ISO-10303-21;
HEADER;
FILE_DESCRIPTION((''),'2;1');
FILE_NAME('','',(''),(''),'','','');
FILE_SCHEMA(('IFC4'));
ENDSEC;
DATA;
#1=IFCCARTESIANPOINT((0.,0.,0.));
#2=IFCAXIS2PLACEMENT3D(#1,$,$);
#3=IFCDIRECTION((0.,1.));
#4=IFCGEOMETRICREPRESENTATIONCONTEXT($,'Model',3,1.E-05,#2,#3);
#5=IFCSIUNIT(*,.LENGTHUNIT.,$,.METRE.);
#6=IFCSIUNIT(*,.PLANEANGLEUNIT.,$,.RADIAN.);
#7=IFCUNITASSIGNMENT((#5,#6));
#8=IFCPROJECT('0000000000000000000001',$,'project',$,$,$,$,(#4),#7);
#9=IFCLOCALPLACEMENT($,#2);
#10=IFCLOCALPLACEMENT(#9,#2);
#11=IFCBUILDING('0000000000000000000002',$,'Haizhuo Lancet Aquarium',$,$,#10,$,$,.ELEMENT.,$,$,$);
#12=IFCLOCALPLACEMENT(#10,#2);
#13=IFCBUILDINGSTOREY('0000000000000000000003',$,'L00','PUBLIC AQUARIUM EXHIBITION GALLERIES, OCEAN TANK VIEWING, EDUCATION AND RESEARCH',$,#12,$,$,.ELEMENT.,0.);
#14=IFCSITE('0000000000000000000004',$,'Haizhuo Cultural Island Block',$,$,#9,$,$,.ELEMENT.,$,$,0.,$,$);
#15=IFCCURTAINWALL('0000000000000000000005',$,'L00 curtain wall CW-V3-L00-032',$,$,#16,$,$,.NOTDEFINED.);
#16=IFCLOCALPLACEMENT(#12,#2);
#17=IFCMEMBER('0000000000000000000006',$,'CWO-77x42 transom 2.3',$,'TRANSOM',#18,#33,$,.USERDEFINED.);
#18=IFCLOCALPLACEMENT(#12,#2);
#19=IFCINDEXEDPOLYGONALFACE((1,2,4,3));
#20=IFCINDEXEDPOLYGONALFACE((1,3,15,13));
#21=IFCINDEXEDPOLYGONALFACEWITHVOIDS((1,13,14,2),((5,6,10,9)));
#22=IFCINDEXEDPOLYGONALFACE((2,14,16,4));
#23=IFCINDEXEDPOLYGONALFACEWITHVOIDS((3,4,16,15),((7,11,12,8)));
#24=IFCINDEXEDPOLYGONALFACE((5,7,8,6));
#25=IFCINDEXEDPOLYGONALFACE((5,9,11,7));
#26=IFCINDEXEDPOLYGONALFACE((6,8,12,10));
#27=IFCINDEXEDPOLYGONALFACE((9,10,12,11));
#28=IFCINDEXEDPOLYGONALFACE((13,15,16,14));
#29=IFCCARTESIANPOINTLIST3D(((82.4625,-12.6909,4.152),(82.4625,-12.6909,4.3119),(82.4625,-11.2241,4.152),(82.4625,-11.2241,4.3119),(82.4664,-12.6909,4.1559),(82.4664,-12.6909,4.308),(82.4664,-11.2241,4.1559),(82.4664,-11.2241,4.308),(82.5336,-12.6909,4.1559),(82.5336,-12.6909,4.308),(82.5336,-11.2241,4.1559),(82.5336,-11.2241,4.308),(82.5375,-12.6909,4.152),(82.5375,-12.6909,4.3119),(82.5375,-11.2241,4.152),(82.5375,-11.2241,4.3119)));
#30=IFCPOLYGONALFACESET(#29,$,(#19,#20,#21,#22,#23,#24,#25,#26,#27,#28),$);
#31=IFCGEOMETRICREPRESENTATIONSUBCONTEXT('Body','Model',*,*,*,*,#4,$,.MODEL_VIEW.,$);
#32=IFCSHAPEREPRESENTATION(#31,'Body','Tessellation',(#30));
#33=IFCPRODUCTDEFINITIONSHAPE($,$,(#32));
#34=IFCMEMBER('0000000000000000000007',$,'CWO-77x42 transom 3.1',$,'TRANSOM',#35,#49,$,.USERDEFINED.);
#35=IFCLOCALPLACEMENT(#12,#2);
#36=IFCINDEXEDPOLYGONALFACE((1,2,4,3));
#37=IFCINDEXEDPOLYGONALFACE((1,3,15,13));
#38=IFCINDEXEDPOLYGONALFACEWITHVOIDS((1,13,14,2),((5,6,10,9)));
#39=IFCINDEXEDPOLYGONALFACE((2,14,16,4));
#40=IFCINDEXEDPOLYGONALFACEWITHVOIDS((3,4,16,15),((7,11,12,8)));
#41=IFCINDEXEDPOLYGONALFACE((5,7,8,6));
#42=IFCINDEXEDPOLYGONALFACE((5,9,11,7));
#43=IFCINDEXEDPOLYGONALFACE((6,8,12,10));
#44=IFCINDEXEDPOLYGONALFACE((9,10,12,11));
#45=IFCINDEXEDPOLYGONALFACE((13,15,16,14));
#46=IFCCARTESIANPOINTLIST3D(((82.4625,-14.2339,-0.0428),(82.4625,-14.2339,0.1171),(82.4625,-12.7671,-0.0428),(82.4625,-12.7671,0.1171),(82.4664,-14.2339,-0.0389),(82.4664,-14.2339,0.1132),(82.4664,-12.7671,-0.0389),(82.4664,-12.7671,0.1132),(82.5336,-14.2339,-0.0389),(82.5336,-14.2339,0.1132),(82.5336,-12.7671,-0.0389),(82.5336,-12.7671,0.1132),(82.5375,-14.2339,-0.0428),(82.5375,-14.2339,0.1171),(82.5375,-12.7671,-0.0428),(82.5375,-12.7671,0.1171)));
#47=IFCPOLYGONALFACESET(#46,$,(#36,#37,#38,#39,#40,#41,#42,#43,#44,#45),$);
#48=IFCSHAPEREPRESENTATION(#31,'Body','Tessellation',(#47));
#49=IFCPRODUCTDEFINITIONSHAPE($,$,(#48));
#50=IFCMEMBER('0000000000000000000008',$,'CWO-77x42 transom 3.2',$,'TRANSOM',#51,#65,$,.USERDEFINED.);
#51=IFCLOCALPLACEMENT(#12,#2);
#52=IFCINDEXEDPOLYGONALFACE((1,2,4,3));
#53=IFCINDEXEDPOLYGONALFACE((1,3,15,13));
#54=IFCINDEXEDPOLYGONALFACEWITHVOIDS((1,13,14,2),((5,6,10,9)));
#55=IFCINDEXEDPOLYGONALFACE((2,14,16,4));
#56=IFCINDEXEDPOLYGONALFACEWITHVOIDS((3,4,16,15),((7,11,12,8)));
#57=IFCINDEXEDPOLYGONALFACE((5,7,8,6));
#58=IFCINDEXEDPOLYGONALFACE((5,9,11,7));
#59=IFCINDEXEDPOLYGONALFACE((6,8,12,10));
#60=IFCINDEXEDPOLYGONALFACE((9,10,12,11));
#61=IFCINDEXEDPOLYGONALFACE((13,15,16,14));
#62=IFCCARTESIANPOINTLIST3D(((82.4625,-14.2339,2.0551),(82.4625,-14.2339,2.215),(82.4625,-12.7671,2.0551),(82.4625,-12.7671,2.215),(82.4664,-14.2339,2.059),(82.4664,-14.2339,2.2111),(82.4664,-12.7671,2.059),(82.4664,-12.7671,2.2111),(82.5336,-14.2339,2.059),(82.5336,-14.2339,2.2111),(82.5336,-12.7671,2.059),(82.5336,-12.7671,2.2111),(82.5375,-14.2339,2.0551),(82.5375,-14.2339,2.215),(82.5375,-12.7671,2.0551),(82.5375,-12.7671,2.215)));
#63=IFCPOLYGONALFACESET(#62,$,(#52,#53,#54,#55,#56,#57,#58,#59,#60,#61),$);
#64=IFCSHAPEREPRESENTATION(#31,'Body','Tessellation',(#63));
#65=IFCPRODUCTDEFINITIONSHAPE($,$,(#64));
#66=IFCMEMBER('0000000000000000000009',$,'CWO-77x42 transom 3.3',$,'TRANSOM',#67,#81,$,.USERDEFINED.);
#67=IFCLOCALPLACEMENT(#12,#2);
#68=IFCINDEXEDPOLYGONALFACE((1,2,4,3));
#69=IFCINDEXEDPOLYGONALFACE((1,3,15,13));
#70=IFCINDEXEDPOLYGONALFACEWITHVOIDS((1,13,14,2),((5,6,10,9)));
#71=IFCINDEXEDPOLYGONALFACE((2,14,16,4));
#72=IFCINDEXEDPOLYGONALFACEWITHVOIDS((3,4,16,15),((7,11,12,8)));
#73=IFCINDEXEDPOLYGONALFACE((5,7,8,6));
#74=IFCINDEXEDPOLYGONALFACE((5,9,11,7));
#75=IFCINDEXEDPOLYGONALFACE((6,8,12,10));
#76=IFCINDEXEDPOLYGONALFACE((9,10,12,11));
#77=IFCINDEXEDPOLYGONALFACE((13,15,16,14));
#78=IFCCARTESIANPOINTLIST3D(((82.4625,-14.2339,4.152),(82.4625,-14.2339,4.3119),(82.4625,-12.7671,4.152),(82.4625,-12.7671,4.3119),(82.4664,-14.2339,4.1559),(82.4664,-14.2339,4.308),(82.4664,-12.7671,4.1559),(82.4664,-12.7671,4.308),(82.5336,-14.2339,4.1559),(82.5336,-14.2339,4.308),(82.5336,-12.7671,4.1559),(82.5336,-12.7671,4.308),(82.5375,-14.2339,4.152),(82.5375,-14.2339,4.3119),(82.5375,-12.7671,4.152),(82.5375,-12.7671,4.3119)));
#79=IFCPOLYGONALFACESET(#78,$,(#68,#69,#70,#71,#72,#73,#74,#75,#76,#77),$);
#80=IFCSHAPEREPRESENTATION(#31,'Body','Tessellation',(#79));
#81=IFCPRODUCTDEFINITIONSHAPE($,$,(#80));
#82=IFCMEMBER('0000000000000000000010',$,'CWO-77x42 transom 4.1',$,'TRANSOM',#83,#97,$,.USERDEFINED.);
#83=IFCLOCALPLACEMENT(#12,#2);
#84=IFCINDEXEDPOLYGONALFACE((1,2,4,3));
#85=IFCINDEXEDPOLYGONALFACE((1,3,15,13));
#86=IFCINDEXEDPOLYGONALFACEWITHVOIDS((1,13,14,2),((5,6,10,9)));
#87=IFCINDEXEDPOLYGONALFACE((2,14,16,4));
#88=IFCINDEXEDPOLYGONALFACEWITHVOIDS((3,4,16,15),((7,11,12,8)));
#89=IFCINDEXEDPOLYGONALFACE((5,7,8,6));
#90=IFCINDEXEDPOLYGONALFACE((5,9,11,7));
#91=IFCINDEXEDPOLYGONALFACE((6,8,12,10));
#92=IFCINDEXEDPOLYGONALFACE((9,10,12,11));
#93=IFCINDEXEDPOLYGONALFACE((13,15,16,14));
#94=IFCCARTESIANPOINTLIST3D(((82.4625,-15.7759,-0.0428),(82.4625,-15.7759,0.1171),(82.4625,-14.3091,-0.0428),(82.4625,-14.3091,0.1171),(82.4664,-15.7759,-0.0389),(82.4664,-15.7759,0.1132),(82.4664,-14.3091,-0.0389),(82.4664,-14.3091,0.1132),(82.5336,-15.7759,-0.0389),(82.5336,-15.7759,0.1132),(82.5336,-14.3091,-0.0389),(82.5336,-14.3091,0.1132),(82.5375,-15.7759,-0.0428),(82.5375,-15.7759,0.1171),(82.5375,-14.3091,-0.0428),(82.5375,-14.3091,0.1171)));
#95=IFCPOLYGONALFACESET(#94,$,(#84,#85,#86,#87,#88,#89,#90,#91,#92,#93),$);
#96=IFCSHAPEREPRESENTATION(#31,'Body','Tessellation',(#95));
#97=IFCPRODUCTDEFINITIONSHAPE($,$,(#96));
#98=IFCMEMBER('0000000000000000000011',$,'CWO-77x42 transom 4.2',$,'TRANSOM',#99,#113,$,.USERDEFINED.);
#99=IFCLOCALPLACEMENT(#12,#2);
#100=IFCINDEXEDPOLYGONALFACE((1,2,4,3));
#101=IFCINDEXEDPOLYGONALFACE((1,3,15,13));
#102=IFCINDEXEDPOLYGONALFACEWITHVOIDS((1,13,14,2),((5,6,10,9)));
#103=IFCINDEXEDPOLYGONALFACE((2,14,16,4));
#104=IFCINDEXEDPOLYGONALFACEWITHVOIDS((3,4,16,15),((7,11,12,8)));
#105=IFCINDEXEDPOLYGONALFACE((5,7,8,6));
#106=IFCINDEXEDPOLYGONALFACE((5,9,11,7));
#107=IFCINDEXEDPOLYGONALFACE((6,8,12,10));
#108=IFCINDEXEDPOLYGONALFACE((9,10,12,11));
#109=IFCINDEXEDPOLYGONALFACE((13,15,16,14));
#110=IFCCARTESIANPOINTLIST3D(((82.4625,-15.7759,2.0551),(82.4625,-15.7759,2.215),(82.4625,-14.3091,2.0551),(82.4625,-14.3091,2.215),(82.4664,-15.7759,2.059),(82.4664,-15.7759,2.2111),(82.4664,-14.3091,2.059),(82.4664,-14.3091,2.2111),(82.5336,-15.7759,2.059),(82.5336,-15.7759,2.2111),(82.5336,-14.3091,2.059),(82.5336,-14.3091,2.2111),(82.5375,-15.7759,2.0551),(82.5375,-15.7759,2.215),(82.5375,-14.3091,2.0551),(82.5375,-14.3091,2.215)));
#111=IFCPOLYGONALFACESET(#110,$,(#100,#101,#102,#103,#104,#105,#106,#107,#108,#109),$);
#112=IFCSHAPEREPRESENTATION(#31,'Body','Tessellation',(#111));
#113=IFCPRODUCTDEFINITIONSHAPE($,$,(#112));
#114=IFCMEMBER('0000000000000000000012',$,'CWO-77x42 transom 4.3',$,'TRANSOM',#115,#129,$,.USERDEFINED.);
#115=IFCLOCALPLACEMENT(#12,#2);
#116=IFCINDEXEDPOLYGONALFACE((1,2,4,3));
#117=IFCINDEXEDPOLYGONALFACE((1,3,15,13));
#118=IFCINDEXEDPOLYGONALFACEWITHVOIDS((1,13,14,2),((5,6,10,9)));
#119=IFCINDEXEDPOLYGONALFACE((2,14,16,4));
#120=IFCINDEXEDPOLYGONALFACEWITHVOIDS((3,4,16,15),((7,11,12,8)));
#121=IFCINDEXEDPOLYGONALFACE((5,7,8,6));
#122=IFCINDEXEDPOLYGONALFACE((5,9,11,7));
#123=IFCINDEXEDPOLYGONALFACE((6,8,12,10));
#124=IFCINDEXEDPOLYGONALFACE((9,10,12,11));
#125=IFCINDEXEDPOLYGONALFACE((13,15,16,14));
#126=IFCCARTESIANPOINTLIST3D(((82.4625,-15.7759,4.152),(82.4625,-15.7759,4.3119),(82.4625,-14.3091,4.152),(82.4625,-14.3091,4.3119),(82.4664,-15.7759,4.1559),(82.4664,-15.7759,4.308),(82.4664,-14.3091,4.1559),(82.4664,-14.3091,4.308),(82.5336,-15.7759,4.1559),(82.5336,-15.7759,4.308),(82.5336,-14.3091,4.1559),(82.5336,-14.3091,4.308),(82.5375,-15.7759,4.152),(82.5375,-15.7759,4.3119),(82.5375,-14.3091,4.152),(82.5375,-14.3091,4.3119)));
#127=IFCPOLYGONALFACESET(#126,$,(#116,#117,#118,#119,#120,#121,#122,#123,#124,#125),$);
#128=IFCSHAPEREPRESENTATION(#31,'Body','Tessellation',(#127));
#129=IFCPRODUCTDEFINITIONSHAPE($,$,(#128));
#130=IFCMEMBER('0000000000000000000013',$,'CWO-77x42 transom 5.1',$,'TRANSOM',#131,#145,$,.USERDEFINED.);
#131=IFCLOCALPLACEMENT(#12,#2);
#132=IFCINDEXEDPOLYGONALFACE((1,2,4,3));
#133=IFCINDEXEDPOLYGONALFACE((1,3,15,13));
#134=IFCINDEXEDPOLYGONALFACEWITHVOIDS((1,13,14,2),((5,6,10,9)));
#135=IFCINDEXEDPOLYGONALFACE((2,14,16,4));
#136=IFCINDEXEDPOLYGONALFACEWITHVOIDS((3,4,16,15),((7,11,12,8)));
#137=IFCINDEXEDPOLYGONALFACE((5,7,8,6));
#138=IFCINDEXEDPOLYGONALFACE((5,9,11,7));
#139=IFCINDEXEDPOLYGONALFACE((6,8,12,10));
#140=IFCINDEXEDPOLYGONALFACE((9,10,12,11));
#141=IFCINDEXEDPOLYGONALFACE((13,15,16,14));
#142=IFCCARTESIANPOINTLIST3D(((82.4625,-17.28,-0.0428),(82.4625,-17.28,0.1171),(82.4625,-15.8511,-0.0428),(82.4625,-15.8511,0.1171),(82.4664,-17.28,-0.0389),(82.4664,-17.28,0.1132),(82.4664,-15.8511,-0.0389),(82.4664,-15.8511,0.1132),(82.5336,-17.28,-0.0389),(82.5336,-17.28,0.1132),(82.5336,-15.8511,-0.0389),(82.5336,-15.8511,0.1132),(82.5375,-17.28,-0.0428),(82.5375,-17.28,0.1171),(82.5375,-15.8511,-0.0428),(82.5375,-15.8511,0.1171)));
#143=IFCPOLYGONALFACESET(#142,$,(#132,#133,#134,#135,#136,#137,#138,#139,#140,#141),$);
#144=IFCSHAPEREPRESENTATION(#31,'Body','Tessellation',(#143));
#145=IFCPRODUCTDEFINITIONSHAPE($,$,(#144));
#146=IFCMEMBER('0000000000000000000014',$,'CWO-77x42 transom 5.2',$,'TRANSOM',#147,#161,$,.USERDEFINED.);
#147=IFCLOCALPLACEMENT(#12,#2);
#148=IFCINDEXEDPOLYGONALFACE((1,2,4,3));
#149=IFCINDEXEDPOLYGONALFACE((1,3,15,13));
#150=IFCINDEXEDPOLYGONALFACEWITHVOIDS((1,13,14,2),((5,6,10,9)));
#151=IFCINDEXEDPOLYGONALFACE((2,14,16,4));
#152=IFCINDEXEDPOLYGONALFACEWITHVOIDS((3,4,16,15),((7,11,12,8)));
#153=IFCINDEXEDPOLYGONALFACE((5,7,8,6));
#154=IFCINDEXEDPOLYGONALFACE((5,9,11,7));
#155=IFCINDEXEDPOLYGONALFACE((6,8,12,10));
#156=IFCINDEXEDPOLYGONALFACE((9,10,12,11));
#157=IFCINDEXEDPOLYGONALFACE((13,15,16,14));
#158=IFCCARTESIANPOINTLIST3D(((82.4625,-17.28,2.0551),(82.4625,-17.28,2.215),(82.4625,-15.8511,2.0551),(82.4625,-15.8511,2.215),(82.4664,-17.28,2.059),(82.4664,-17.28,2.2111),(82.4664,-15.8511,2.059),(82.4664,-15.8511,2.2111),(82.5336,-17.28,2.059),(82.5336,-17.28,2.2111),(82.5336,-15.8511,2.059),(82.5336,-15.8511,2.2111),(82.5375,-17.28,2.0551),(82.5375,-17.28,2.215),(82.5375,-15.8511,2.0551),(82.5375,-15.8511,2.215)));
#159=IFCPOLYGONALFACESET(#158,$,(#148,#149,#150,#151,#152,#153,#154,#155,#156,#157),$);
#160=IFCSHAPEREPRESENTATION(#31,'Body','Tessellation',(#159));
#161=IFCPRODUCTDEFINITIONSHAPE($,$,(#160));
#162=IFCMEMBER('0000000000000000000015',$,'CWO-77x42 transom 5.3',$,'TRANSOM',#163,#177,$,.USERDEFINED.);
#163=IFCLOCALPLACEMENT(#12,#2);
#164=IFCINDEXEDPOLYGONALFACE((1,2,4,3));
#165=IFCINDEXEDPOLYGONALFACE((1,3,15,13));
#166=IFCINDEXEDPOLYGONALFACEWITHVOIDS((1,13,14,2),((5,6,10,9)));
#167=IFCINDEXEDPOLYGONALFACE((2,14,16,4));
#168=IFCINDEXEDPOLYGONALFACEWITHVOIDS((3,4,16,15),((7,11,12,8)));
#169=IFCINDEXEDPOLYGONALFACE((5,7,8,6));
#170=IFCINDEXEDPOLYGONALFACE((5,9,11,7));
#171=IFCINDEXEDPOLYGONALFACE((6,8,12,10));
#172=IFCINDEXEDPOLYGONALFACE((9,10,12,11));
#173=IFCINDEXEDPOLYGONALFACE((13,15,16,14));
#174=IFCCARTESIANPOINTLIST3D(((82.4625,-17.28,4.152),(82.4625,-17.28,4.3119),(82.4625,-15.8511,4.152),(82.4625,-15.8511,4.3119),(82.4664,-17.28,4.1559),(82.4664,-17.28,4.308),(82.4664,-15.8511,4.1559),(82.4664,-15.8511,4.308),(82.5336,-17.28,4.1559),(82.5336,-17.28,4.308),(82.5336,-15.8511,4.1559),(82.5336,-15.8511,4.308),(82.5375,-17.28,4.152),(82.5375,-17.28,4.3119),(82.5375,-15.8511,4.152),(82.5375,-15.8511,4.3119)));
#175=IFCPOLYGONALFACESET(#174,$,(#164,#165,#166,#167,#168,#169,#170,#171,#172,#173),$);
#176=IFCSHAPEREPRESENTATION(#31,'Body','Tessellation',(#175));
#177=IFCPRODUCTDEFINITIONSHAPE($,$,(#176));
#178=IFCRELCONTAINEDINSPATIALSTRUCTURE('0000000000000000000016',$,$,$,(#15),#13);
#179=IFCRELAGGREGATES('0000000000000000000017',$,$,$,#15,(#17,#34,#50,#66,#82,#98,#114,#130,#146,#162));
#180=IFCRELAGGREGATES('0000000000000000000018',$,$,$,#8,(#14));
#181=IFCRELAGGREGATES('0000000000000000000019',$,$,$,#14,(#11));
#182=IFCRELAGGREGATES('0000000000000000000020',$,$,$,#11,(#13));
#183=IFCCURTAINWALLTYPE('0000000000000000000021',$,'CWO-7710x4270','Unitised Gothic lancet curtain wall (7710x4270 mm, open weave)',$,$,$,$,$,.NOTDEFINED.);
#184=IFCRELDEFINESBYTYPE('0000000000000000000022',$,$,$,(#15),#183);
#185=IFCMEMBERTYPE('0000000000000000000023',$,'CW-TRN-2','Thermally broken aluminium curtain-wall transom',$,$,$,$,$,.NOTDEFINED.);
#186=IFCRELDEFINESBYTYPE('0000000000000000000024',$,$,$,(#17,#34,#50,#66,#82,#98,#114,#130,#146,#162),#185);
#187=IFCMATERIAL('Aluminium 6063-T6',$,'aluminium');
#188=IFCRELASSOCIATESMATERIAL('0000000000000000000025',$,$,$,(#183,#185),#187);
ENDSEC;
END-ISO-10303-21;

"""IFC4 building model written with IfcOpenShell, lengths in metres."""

from ifc_helpers import new_model, si_unit, direction, frame, origin, origin_2d, place, context, subcontext, project, spatial, hollow_rectangle, extrude, material, material_profile, profile_set, type_object, element, aggregate, save


model = new_model("IFC4")

# Units and contexts
model_context = context("Model", 3, precision=1e-05, world=origin(), true_north=direction((0.0, 1.0)))
body_context = subcontext(model_context, "Body", "Model", "MODEL_VIEW")
ifc_project = project(units=[si_unit("LENGTHUNIT", "METRE"), si_unit("PLANEANGLEUNIT", "RADIAN")], contexts=[model_context])

# Site, building, storey
site_placement = place(None, origin())
site = spatial("IfcSite", under=ifc_project, at=site_placement, Name="Haizhuo Cultural Island Block", CompositionType="ELEMENT", RefElevation=0.0)
building_placement = place(site_placement, origin())
building = spatial("IfcBuilding", under=site, at=building_placement, Name="Haizhuo Lancet Aquarium", CompositionType="ELEMENT")
storey_placement = place(building_placement, origin())
storey = spatial("IfcBuildingStorey", under=building, at=storey_placement, Name="L00", Description="PUBLIC AQUARIUM EXHIBITION GALLERIES, OCEAN TANK VIEWING, EDUCATION AND RESEARCH", CompositionType="ELEMENT", Elevation=0.0)

# Curtain wall
ifc_material_1 = material(Name="Aluminium 6063-T6", Category="aluminium")
curtain_wall_type_1 = type_object("IfcCurtainWallType", Name="CWO-7710x4270", Description="Unitised Gothic lancet curtain wall (7710x4270 mm, open weave)", PredefinedType="NOTDEFINED", material=ifc_material_1)
curtain_wall_1_placement = place(storey_placement, origin())
curtain_wall_1 = element("IfcCurtainWall", 1, at=curtain_wall_1_placement, inside=storey, type_object=curtain_wall_type_1, Name="L00 curtain wall CW-V3-L00-032", PredefinedType="NOTDEFINED")

# Members
ifc_material_profile_1 = material_profile(ifc_material_1, hollow_rectangle(XDim=0.075, YDim=0.1599, WallThickness=0.0039, at=origin_2d()), Name="ALU-T 75x160x4")
ifc_profile_set_1 = profile_set([ifc_material_profile_1], Name="Aluminium 6063-T6")
member_type_1 = type_object("IfcMemberType", Name="CW-TRN-2", Description="Thermally broken aluminium curtain-wall transom", PredefinedType="NOTDEFINED", material=ifc_profile_set_1)
member_1_placement = place(storey_placement, frame((82.5, -11.2241, 4.2319), z_axis=(0.0, -1.0, 0.0), x_axis=(1.0, 0.0, 0.0)))
member_1 = element("IfcMember", 2, at=member_1_placement, type_object=member_type_1, Name="CWO-77x42 transom 2.3", ObjectType="TRANSOM", PredefinedType="USERDEFINED", context=body_context, shape_type="SweptSolid", body=[
    extrude(hollow_rectangle(XDim=0.075, YDim=0.1599, WallThickness=0.0039, at=origin_2d()), origin(), (0.0, 0.0, 1.0), 1.4668),
])
member_2_placement = place(storey_placement, frame((82.5, -12.7671, 0.0371), z_axis=(0.0, -1.0, 0.0), x_axis=(1.0, 0.0, 0.0)))
member_2 = element("IfcMember", 3, at=member_2_placement, type_object=member_type_1, Name="CWO-77x42 transom 3.1", ObjectType="TRANSOM", PredefinedType="USERDEFINED", context=body_context, shape_type="SweptSolid", body=[
    extrude(hollow_rectangle(XDim=0.075, YDim=0.1599, WallThickness=0.0039, at=origin_2d()), origin(), (0.0, 0.0, 1.0), 1.4668),
])
member_3_placement = place(storey_placement, frame((82.5, -12.7671, 2.135), z_axis=(0.0, -1.0, 0.0), x_axis=(1.0, 0.0, 0.0)))
member_3 = element("IfcMember", 4, at=member_3_placement, type_object=member_type_1, Name="CWO-77x42 transom 3.2", ObjectType="TRANSOM", PredefinedType="USERDEFINED", context=body_context, shape_type="SweptSolid", body=[
    extrude(hollow_rectangle(XDim=0.075, YDim=0.1599, WallThickness=0.0039, at=origin_2d()), origin(), (0.0, 0.0, 1.0), 1.4668),
])
member_4_placement = place(storey_placement, frame((82.5, -12.7671, 4.2319), z_axis=(0.0, -1.0, 0.0), x_axis=(1.0, 0.0, 0.0)))
member_4 = element("IfcMember", 5, at=member_4_placement, type_object=member_type_1, Name="CWO-77x42 transom 3.3", ObjectType="TRANSOM", PredefinedType="USERDEFINED", context=body_context, shape_type="SweptSolid", body=[
    extrude(hollow_rectangle(XDim=0.075, YDim=0.1599, WallThickness=0.0039, at=origin_2d()), origin(), (0.0, 0.0, 1.0), 1.4668),
])
member_5_placement = place(storey_placement, frame((82.5, -14.3091, 0.0371), z_axis=(0.0, -1.0, 0.0), x_axis=(1.0, 0.0, 0.0)))
member_5 = element("IfcMember", 6, at=member_5_placement, type_object=member_type_1, Name="CWO-77x42 transom 4.1", ObjectType="TRANSOM", PredefinedType="USERDEFINED", context=body_context, shape_type="SweptSolid", body=[
    extrude(hollow_rectangle(XDim=0.075, YDim=0.1599, WallThickness=0.0039, at=origin_2d()), origin(), (0.0, 0.0, 1.0), 1.4668),
])
member_6_placement = place(storey_placement, frame((82.5, -14.3091, 2.135), z_axis=(0.0, -1.0, 0.0), x_axis=(1.0, 0.0, 0.0)))
member_6 = element("IfcMember", 7, at=member_6_placement, type_object=member_type_1, Name="CWO-77x42 transom 4.2", ObjectType="TRANSOM", PredefinedType="USERDEFINED", context=body_context, shape_type="SweptSolid", body=[
    extrude(hollow_rectangle(XDim=0.075, YDim=0.1599, WallThickness=0.0039, at=origin_2d()), origin(), (0.0, 0.0, 1.0), 1.4668),
])
member_7_placement = place(storey_placement, frame((82.5, -14.3091, 4.2319), z_axis=(0.0, -1.0, 0.0), x_axis=(1.0, 0.0, 0.0)))
member_7 = element("IfcMember", 8, at=member_7_placement, type_object=member_type_1, Name="CWO-77x42 transom 4.3", ObjectType="TRANSOM", PredefinedType="USERDEFINED", context=body_context, shape_type="SweptSolid", body=[
    extrude(hollow_rectangle(XDim=0.075, YDim=0.1599, WallThickness=0.0039, at=origin_2d()), origin(), (0.0, 0.0, 1.0), 1.4668),
])
member_8_placement = place(storey_placement, frame((82.5, -15.8511, 0.0371), z_axis=(0.0, -1.0, 0.0), x_axis=(1.0, 0.0, 0.0)))
member_8 = element("IfcMember", 9, at=member_8_placement, type_object=member_type_1, Name="CWO-77x42 transom 5.1", ObjectType="TRANSOM", PredefinedType="USERDEFINED", context=body_context, shape_type="SweptSolid", body=[
    extrude(hollow_rectangle(XDim=0.075, YDim=0.1599, WallThickness=0.0039, at=origin_2d()), origin(), (0.0, 0.0, 1.0), 1.429),
])
member_9_placement = place(storey_placement, frame((82.5, -15.8511, 2.135), z_axis=(0.0, -1.0, 0.0), x_axis=(1.0, 0.0, 0.0)))
member_9 = element("IfcMember", 10, at=member_9_placement, type_object=member_type_1, Name="CWO-77x42 transom 5.2", ObjectType="TRANSOM", PredefinedType="USERDEFINED", context=body_context, shape_type="SweptSolid", body=[
    extrude(hollow_rectangle(XDim=0.075, YDim=0.1599, WallThickness=0.0039, at=origin_2d()), origin(), (0.0, 0.0, 1.0), 1.429),
])
member_10_placement = place(storey_placement, frame((82.5, -15.8511, 4.2319), z_axis=(0.0, -1.0, 0.0), x_axis=(1.0, 0.0, 0.0)))
member_10 = element("IfcMember", 11, at=member_10_placement, type_object=member_type_1, Name="CWO-77x42 transom 5.3", ObjectType="TRANSOM", PredefinedType="USERDEFINED", context=body_context, shape_type="SweptSolid", body=[
    extrude(hollow_rectangle(XDim=0.075, YDim=0.1599, WallThickness=0.0039, at=origin_2d()), origin(), (0.0, 0.0, 1.0), 1.429),
])

aggregate(curtain_wall_1, [member_1, member_2, member_3, member_4, member_5, member_6, member_7, member_8, member_9, member_10])

save(model, "model.ifc")
